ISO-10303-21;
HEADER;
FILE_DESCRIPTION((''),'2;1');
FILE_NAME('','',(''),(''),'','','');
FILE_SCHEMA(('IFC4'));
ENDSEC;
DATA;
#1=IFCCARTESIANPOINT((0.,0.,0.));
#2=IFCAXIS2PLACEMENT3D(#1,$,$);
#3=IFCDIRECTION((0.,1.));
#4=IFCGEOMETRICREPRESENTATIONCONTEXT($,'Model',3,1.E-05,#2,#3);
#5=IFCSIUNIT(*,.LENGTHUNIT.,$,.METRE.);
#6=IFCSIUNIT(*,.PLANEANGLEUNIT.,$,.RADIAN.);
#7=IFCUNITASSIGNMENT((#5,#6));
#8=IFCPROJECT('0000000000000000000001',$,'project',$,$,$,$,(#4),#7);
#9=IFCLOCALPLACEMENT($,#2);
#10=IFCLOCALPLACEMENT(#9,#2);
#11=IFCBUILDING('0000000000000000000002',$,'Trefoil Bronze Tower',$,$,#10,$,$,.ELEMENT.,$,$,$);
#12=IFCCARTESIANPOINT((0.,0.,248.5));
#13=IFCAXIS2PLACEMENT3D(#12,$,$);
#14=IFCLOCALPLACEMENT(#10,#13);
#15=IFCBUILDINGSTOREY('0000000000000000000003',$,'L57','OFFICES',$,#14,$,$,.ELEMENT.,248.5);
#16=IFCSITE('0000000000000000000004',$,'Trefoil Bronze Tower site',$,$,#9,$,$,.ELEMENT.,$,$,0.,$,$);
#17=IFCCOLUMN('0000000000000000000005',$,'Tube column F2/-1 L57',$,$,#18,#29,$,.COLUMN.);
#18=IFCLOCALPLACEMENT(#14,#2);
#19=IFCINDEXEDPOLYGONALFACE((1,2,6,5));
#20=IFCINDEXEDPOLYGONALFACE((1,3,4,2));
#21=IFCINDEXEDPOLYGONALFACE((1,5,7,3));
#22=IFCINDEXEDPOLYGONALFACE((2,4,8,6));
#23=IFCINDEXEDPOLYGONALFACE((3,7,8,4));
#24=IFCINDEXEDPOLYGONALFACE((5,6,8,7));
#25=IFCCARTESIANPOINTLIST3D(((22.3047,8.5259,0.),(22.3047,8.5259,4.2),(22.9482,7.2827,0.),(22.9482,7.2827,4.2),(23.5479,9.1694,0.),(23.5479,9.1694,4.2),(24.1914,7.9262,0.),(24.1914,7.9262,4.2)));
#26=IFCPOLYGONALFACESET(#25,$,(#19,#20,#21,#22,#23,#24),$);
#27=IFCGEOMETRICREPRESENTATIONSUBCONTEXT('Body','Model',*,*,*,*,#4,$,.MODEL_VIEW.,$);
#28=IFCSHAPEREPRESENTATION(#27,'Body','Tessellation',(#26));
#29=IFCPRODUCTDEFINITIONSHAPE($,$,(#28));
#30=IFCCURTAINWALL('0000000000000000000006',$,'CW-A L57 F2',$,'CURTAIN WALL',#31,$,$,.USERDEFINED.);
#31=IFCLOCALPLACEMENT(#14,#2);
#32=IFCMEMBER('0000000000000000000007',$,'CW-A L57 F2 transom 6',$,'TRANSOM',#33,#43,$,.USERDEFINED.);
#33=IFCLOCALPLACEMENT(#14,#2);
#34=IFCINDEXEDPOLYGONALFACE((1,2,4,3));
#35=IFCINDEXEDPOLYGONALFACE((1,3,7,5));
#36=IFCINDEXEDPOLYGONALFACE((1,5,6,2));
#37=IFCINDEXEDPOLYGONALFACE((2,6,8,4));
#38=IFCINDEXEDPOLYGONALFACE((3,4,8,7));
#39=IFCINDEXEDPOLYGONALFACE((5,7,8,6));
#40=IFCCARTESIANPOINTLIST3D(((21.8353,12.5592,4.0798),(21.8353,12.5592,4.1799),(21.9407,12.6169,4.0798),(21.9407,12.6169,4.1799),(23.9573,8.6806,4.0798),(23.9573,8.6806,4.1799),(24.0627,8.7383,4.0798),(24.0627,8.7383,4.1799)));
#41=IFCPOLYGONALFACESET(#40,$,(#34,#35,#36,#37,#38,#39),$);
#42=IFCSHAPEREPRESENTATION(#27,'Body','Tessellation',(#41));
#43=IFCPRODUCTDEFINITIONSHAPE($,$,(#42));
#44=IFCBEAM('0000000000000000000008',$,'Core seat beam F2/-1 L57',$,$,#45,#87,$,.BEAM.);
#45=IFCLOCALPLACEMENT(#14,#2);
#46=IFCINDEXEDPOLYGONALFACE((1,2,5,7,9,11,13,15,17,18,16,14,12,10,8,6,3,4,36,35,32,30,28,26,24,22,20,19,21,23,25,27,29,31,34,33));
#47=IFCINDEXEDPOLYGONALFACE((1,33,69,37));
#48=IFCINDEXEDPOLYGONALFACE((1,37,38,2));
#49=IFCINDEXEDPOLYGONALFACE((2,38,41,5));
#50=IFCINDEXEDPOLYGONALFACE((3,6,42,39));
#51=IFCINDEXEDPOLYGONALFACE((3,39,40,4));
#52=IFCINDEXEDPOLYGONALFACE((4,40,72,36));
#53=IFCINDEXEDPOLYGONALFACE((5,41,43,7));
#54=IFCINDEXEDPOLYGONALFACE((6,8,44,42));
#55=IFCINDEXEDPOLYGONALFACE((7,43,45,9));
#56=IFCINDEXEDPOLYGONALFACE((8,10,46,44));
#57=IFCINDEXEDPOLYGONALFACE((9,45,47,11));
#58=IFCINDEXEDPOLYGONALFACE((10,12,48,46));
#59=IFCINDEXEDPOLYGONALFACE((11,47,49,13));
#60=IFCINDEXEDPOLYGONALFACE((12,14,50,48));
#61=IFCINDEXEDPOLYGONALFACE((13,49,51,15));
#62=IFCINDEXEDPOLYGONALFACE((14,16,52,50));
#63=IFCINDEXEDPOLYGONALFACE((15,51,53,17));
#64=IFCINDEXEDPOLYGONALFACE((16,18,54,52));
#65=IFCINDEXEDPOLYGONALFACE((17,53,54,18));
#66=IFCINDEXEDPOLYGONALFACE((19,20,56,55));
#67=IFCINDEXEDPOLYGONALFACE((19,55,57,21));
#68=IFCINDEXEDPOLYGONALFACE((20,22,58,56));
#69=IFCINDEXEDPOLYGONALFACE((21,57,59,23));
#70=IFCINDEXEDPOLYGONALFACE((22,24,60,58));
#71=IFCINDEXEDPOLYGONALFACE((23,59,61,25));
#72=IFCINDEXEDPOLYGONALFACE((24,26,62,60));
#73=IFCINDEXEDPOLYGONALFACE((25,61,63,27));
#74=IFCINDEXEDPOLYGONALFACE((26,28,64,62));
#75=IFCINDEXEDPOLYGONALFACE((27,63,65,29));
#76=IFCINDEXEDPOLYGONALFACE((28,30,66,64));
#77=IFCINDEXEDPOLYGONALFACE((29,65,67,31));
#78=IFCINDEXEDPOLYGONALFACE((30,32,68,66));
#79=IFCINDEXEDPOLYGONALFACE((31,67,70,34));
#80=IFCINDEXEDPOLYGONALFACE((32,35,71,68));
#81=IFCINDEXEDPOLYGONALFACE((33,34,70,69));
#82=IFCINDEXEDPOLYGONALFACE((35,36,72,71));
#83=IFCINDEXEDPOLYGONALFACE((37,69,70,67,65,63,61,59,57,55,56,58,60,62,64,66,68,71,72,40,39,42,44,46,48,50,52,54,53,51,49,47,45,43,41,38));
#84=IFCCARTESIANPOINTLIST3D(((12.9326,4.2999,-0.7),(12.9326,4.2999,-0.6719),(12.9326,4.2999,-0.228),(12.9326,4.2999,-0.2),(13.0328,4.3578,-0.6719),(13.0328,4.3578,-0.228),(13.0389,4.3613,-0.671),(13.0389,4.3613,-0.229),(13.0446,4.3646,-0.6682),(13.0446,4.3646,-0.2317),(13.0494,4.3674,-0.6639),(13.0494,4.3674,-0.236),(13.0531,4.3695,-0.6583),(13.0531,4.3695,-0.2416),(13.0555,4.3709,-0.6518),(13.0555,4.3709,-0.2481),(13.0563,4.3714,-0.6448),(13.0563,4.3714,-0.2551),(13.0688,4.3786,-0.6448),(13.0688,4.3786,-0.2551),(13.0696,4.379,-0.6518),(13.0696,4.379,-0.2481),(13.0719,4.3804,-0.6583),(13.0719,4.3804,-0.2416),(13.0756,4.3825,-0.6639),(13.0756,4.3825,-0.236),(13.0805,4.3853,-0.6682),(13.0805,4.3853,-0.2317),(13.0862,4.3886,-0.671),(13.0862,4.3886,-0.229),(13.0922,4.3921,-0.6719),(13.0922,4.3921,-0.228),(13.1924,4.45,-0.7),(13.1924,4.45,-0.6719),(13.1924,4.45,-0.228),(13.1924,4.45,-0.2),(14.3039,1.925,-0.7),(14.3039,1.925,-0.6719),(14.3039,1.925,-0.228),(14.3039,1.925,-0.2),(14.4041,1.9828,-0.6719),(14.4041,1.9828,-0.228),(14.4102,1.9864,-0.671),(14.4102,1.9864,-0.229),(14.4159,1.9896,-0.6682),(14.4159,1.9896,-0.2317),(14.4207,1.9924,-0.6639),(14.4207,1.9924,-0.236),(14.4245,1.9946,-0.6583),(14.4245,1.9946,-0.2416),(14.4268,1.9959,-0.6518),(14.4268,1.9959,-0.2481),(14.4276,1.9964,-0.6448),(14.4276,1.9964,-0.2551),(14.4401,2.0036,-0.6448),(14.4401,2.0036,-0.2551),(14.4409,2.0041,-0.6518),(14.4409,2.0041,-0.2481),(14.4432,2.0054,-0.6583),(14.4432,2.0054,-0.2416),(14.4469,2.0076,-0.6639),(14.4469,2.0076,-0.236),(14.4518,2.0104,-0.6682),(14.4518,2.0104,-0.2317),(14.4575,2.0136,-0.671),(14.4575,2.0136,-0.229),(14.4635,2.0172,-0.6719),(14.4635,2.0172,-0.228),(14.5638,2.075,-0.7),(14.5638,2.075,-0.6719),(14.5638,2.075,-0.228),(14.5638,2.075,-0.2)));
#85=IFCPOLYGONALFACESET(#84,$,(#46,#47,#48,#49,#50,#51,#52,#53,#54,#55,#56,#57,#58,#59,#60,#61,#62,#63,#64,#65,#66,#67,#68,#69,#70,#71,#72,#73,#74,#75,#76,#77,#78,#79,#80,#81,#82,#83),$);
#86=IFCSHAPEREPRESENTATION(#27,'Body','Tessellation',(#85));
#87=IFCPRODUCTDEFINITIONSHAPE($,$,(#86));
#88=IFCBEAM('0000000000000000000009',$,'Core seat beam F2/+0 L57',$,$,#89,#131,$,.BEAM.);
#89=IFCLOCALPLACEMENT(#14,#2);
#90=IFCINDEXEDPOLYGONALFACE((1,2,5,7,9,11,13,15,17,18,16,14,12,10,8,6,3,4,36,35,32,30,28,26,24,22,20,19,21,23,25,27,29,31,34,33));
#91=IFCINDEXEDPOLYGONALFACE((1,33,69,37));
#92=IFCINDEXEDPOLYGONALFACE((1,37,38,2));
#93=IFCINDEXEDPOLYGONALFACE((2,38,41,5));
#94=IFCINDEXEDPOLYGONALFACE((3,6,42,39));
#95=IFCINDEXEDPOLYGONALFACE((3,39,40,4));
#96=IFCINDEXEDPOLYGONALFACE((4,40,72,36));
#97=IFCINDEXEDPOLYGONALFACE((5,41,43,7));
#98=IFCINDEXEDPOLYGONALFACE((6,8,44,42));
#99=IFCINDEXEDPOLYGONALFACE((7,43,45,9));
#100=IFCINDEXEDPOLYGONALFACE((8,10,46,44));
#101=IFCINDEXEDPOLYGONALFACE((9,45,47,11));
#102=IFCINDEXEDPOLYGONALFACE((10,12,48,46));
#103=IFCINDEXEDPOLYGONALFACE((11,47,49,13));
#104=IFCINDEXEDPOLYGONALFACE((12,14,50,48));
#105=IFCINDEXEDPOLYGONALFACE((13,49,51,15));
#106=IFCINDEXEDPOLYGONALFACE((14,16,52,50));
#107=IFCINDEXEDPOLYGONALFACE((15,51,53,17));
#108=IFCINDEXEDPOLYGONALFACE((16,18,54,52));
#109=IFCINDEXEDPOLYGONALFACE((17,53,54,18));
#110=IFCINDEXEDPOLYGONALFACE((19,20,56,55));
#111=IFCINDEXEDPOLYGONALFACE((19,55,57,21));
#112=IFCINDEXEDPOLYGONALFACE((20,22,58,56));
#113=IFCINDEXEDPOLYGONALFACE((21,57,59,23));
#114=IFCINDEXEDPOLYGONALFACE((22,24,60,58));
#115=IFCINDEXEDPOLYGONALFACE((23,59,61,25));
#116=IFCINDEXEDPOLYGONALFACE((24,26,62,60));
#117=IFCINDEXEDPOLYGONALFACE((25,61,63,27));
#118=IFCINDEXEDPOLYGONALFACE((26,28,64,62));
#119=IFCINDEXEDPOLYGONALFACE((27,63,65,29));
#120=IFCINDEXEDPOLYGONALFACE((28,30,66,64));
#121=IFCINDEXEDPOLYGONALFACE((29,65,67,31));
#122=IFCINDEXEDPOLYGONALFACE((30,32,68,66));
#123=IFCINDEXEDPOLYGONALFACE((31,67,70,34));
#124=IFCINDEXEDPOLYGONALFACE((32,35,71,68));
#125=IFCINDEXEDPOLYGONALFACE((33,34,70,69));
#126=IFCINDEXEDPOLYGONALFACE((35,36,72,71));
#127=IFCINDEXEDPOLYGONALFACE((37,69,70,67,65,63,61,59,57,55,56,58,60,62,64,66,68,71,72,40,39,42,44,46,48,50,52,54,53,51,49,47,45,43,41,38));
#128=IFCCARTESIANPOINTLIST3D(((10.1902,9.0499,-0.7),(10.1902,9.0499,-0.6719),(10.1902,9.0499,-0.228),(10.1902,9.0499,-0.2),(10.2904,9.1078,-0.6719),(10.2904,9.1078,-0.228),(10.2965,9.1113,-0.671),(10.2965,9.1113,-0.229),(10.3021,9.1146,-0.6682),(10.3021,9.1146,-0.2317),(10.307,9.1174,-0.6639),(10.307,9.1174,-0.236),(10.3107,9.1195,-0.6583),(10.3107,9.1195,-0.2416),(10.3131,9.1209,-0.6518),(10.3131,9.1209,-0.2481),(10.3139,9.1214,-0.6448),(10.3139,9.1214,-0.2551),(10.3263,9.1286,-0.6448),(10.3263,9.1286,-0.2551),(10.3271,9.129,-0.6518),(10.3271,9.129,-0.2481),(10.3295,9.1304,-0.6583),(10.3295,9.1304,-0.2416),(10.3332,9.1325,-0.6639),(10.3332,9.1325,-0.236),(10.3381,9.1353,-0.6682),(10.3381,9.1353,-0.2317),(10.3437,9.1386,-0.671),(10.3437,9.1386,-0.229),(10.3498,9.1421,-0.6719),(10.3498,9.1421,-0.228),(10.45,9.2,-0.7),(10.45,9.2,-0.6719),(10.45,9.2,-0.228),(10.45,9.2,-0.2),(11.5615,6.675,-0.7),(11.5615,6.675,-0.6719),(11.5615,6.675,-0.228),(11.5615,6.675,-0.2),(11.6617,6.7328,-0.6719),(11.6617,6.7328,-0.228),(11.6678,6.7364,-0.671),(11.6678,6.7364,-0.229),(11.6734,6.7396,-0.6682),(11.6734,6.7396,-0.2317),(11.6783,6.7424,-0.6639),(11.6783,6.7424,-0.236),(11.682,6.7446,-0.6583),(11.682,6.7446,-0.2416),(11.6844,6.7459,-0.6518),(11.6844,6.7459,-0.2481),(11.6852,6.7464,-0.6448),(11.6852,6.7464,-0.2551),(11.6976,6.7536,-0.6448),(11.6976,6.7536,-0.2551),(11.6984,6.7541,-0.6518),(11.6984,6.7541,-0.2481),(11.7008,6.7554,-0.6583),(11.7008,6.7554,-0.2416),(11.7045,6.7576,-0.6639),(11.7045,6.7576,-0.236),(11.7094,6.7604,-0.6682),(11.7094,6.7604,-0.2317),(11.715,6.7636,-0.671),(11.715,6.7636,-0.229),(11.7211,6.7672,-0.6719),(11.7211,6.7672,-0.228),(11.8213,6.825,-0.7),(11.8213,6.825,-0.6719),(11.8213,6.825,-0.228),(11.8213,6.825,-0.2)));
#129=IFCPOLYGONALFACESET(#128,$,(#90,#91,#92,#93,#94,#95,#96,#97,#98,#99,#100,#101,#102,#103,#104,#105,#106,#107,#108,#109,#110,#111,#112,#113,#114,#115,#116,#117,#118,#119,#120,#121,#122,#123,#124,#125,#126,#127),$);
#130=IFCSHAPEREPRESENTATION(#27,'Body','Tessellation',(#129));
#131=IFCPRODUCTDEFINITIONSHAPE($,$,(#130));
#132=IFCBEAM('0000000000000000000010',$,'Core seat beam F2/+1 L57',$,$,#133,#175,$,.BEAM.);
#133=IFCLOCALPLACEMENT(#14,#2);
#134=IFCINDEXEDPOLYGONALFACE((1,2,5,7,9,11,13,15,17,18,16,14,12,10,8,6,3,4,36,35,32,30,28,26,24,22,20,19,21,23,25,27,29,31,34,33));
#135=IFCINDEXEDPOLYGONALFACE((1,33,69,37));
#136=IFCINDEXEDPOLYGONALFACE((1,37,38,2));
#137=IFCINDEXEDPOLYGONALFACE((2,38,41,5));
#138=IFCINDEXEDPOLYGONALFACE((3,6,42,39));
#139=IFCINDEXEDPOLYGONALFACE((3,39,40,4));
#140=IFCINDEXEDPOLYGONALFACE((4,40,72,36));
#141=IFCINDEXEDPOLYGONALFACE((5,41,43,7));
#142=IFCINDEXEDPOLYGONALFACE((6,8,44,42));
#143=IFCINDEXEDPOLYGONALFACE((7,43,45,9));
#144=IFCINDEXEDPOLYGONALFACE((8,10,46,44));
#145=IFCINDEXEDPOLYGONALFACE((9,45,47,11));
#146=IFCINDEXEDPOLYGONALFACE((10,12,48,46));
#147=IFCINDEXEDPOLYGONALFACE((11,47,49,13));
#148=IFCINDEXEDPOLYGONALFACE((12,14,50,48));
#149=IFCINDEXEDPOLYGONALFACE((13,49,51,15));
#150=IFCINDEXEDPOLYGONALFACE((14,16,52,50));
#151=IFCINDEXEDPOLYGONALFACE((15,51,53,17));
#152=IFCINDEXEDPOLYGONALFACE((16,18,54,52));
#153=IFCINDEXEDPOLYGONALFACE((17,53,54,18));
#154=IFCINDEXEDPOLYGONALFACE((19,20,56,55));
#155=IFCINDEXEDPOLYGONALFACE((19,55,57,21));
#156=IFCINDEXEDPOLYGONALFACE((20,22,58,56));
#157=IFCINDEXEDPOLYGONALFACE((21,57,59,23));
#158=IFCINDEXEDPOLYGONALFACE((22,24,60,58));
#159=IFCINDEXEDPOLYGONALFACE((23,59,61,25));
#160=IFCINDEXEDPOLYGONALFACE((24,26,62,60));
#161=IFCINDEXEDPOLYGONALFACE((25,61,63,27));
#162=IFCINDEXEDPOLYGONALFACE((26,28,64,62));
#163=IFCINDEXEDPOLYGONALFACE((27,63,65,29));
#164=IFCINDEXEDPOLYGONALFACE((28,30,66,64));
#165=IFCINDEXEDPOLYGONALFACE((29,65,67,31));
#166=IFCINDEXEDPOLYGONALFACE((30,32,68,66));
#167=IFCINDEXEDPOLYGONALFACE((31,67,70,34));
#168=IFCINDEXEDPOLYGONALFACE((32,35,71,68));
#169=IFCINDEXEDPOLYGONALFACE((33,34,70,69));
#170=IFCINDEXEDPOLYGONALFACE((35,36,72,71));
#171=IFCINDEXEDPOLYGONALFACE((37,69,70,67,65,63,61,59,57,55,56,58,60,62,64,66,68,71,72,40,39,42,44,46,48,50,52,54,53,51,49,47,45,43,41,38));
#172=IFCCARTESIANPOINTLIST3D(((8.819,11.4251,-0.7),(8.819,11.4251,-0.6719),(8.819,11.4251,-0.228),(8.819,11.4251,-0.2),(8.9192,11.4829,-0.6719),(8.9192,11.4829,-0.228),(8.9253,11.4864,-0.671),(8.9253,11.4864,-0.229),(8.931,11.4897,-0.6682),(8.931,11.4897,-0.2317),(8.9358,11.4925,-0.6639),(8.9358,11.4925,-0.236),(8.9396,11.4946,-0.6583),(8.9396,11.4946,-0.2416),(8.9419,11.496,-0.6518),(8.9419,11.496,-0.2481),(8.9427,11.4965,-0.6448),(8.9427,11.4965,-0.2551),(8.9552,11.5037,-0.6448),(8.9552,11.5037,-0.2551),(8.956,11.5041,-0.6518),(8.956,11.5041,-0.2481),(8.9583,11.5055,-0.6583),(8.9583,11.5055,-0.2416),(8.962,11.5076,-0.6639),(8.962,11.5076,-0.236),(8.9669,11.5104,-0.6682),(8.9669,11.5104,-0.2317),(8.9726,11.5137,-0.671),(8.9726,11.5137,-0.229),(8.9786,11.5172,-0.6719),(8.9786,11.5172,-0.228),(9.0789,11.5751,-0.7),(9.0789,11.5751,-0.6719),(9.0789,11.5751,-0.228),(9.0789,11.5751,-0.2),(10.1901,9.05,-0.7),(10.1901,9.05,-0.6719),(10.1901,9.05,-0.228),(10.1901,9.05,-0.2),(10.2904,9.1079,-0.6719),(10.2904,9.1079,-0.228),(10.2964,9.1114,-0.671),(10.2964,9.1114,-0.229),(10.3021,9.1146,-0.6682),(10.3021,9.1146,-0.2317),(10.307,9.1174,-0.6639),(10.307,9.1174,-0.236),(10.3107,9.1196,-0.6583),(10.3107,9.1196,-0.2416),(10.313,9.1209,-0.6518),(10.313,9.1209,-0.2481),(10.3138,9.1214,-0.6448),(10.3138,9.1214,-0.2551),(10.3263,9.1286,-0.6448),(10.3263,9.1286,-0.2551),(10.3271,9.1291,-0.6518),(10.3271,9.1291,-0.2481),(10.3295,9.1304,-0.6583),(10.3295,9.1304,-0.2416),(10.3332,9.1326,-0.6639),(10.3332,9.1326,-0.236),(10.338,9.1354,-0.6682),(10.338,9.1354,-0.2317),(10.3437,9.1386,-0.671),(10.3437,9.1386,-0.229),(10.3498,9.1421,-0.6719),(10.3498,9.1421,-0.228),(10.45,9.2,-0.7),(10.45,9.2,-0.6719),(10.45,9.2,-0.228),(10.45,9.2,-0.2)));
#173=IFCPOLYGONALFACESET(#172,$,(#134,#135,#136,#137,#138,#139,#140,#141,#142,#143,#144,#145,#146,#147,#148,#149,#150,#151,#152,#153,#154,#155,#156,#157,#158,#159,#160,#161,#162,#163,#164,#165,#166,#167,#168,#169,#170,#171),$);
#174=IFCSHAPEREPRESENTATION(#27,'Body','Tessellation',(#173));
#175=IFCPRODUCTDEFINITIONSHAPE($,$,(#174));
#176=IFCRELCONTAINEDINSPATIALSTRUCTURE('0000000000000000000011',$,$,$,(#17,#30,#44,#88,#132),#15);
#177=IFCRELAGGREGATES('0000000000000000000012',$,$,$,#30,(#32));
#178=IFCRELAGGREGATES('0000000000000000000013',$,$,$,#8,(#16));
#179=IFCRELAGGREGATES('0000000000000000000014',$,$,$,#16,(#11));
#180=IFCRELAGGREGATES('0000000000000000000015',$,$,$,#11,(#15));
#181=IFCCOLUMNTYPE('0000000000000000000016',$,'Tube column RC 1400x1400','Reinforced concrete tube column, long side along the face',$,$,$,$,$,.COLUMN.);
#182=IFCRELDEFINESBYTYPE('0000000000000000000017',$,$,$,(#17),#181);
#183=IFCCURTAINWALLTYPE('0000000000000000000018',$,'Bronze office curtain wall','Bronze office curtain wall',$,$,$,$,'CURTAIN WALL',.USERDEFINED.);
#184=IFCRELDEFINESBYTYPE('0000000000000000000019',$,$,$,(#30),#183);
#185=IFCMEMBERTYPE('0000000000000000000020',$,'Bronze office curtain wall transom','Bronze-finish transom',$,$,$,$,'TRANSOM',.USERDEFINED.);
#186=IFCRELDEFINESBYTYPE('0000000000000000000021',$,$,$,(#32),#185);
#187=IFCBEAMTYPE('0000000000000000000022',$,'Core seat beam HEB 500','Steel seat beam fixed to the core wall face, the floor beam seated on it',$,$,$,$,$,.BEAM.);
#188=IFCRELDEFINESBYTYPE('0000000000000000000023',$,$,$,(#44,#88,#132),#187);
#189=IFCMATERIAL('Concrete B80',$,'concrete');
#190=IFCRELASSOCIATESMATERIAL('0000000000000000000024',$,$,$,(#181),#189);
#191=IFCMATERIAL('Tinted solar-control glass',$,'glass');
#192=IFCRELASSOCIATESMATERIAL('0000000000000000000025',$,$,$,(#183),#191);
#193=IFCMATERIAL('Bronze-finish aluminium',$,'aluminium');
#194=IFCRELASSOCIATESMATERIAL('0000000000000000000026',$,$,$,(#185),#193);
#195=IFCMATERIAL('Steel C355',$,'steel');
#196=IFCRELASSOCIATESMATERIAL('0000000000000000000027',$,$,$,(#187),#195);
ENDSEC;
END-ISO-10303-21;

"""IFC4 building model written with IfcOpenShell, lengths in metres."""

from ifc_helpers import new_model, si_unit, direction, frame, origin, origin_2d, place, context, subcontext, project, spatial, rectangle, i_section, extrude, material, material_profile, profile_set, type_object, element, aggregate, save


model = new_model("IFC4")

# Units and contexts
model_context = context("Model", 3, precision=1e-05, world=origin(), true_north=direction((0.0, 1.0)))
body_context = subcontext(model_context, "Body", "Model", "MODEL_VIEW")
ifc_project = project(units=[si_unit("LENGTHUNIT", "METRE"), si_unit("PLANEANGLEUNIT", "RADIAN")], contexts=[model_context])

# Site, building, storey
site_placement = place(None, origin())
site = spatial("IfcSite", under=ifc_project, at=site_placement, Name="Trefoil Bronze Tower site", CompositionType="ELEMENT", RefElevation=0.0)
building_placement = place(site_placement, origin())
building = spatial("IfcBuilding", under=site, at=building_placement, Name="Trefoil Bronze Tower", CompositionType="ELEMENT")
storey_placement = place(building_placement, frame((0.0, 0.0, 248.5)))
storey = spatial("IfcBuildingStorey", under=building, at=storey_placement, Name="L57", Description="OFFICES", CompositionType="ELEMENT", Elevation=248.5)

# Column
ifc_material_1 = material(Name="Concrete B80", Category="concrete")
ifc_material_profile_1 = material_profile(ifc_material_1, rectangle(XDim=1.3999, YDim=1.3999, at=origin_2d()), Name="RC 1400x1400")
ifc_profile_set_1 = profile_set([ifc_material_profile_1], Name="Concrete B80")
column_type = type_object("IfcColumnType", Name="Tube column RC 1400x1400", Description="Reinforced concrete tube column, long side along the face", PredefinedType="COLUMN", material=ifc_profile_set_1)
column_placement = place(storey_placement, frame((23.248, 8.2261, 0.0), z_axis=(0.0, 0.0, 1.0), x_axis=(-0.459673, 0.888088, 0.0)))
element("IfcColumn", 1, at=column_placement, inside=storey, type_object=column_type, Name="Tube column F2/-1 L57", PredefinedType="COLUMN", context=body_context, shape_type="SweptSolid", body=[
    extrude(rectangle(XDim=1.3999, YDim=1.3999, at=origin_2d()), origin(), (0.0, 0.0, 1.0), 4.2),
])

# Curtain wall, member
ifc_material_2 = material(Name="Tinted solar-control glass", Category="glass")
curtain_wall_type = type_object("IfcCurtainWallType", Name="Bronze office curtain wall", Description="Bronze office curtain wall", ElementType="CURTAIN WALL", PredefinedType="USERDEFINED", material=ifc_material_2)
curtain_wall_placement = place(storey_placement, origin())
curtain_wall = element("IfcCurtainWall", 2, at=curtain_wall_placement, inside=storey, type_object=curtain_wall_type, Name="CW-A L57 F2", ObjectType="CURTAIN WALL", PredefinedType="USERDEFINED")
ifc_material_3 = material(Name="Bronze-finish aluminium", Category="aluminium")
ifc_material_profile_2 = material_profile(ifc_material_3, rectangle(XDim=0.1201, YDim=0.1001, at=origin_2d()), Name="CW-A transom")
ifc_profile_set_2 = profile_set([ifc_material_profile_2], Name="Bronze-finish aluminium")
member_type = type_object("IfcMemberType", Name="Bronze office curtain wall transom", Description="Bronze-finish transom", ElementType="TRANSOM", PredefinedType="USERDEFINED", material=ifc_profile_set_2)
member_placement = place(storey_placement, frame((24.01, 8.7095, 4.1299), z_axis=(-0.479974, 0.877283, 0.0), x_axis=(-0.877283, -0.479974, 0.0)))
member = element("IfcMember", 3, at=member_placement, type_object=member_type, Name="CW-A L57 F2 transom 6", ObjectType="TRANSOM", PredefinedType="USERDEFINED", context=body_context, shape_type="SweptSolid", body=[
    extrude(rectangle(XDim=0.1201, YDim=0.1001, at=origin_2d()), origin(), (0.0, 0.0, 1.0), 4.4211),
])

# Beams
ifc_material_4 = material(Name="Steel C355", Category="steel")
ifc_material_profile_3 = material_profile(ifc_material_4, i_section(OverallWidth=0.3, OverallDepth=0.5, WebThickness=0.0144, FlangeThickness=0.0281, FilletRadius=0.0271, at=origin_2d()), Name="HEB 500")
ifc_profile_set_3 = profile_set([ifc_material_profile_3], Name="Steel C355")
beam_type_1 = type_object("IfcBeamType", Name="Core seat beam HEB 500", Description="Steel seat beam fixed to the core wall face, the floor beam seated on it", PredefinedType="BEAM", material=ifc_profile_set_3)
for number, where, z_axis, x_axis, name in (
    (4, (14.4338, 2.0, -0.45), (-0.500036, 0.866005, 0.0), (-0.866005, -0.500036, 0.0), "Core seat beam F2/-1 L57"),
    (5, (11.6914, 6.75, -0.45), (-0.500036, 0.866005, 0.0), (-0.866005, -0.500036, 0.0), "Core seat beam F2/+0 L57"),
    (6, (10.3201, 9.125, -0.45), (-0.499969, 0.866043, 0.0), (-0.866043, -0.499969, 0.0), "Core seat beam F2/+1 L57"),
):
    element("IfcBeam", number, at=place(storey_placement, frame(where, z_axis=z_axis, x_axis=x_axis)), inside=storey, type_object=beam_type_1, Name=name, PredefinedType="BEAM", context=body_context, shape_type="SweptSolid", body=[
        extrude(i_section(OverallWidth=0.3, OverallDepth=0.5, WebThickness=0.0144, FlangeThickness=0.0281, FilletRadius=0.0271, at=origin_2d()), origin(), (0.0, 0.0, 1.0), 2.7424),
    ])

aggregate(curtain_wall, [member])

save(model, "model.ifc")
